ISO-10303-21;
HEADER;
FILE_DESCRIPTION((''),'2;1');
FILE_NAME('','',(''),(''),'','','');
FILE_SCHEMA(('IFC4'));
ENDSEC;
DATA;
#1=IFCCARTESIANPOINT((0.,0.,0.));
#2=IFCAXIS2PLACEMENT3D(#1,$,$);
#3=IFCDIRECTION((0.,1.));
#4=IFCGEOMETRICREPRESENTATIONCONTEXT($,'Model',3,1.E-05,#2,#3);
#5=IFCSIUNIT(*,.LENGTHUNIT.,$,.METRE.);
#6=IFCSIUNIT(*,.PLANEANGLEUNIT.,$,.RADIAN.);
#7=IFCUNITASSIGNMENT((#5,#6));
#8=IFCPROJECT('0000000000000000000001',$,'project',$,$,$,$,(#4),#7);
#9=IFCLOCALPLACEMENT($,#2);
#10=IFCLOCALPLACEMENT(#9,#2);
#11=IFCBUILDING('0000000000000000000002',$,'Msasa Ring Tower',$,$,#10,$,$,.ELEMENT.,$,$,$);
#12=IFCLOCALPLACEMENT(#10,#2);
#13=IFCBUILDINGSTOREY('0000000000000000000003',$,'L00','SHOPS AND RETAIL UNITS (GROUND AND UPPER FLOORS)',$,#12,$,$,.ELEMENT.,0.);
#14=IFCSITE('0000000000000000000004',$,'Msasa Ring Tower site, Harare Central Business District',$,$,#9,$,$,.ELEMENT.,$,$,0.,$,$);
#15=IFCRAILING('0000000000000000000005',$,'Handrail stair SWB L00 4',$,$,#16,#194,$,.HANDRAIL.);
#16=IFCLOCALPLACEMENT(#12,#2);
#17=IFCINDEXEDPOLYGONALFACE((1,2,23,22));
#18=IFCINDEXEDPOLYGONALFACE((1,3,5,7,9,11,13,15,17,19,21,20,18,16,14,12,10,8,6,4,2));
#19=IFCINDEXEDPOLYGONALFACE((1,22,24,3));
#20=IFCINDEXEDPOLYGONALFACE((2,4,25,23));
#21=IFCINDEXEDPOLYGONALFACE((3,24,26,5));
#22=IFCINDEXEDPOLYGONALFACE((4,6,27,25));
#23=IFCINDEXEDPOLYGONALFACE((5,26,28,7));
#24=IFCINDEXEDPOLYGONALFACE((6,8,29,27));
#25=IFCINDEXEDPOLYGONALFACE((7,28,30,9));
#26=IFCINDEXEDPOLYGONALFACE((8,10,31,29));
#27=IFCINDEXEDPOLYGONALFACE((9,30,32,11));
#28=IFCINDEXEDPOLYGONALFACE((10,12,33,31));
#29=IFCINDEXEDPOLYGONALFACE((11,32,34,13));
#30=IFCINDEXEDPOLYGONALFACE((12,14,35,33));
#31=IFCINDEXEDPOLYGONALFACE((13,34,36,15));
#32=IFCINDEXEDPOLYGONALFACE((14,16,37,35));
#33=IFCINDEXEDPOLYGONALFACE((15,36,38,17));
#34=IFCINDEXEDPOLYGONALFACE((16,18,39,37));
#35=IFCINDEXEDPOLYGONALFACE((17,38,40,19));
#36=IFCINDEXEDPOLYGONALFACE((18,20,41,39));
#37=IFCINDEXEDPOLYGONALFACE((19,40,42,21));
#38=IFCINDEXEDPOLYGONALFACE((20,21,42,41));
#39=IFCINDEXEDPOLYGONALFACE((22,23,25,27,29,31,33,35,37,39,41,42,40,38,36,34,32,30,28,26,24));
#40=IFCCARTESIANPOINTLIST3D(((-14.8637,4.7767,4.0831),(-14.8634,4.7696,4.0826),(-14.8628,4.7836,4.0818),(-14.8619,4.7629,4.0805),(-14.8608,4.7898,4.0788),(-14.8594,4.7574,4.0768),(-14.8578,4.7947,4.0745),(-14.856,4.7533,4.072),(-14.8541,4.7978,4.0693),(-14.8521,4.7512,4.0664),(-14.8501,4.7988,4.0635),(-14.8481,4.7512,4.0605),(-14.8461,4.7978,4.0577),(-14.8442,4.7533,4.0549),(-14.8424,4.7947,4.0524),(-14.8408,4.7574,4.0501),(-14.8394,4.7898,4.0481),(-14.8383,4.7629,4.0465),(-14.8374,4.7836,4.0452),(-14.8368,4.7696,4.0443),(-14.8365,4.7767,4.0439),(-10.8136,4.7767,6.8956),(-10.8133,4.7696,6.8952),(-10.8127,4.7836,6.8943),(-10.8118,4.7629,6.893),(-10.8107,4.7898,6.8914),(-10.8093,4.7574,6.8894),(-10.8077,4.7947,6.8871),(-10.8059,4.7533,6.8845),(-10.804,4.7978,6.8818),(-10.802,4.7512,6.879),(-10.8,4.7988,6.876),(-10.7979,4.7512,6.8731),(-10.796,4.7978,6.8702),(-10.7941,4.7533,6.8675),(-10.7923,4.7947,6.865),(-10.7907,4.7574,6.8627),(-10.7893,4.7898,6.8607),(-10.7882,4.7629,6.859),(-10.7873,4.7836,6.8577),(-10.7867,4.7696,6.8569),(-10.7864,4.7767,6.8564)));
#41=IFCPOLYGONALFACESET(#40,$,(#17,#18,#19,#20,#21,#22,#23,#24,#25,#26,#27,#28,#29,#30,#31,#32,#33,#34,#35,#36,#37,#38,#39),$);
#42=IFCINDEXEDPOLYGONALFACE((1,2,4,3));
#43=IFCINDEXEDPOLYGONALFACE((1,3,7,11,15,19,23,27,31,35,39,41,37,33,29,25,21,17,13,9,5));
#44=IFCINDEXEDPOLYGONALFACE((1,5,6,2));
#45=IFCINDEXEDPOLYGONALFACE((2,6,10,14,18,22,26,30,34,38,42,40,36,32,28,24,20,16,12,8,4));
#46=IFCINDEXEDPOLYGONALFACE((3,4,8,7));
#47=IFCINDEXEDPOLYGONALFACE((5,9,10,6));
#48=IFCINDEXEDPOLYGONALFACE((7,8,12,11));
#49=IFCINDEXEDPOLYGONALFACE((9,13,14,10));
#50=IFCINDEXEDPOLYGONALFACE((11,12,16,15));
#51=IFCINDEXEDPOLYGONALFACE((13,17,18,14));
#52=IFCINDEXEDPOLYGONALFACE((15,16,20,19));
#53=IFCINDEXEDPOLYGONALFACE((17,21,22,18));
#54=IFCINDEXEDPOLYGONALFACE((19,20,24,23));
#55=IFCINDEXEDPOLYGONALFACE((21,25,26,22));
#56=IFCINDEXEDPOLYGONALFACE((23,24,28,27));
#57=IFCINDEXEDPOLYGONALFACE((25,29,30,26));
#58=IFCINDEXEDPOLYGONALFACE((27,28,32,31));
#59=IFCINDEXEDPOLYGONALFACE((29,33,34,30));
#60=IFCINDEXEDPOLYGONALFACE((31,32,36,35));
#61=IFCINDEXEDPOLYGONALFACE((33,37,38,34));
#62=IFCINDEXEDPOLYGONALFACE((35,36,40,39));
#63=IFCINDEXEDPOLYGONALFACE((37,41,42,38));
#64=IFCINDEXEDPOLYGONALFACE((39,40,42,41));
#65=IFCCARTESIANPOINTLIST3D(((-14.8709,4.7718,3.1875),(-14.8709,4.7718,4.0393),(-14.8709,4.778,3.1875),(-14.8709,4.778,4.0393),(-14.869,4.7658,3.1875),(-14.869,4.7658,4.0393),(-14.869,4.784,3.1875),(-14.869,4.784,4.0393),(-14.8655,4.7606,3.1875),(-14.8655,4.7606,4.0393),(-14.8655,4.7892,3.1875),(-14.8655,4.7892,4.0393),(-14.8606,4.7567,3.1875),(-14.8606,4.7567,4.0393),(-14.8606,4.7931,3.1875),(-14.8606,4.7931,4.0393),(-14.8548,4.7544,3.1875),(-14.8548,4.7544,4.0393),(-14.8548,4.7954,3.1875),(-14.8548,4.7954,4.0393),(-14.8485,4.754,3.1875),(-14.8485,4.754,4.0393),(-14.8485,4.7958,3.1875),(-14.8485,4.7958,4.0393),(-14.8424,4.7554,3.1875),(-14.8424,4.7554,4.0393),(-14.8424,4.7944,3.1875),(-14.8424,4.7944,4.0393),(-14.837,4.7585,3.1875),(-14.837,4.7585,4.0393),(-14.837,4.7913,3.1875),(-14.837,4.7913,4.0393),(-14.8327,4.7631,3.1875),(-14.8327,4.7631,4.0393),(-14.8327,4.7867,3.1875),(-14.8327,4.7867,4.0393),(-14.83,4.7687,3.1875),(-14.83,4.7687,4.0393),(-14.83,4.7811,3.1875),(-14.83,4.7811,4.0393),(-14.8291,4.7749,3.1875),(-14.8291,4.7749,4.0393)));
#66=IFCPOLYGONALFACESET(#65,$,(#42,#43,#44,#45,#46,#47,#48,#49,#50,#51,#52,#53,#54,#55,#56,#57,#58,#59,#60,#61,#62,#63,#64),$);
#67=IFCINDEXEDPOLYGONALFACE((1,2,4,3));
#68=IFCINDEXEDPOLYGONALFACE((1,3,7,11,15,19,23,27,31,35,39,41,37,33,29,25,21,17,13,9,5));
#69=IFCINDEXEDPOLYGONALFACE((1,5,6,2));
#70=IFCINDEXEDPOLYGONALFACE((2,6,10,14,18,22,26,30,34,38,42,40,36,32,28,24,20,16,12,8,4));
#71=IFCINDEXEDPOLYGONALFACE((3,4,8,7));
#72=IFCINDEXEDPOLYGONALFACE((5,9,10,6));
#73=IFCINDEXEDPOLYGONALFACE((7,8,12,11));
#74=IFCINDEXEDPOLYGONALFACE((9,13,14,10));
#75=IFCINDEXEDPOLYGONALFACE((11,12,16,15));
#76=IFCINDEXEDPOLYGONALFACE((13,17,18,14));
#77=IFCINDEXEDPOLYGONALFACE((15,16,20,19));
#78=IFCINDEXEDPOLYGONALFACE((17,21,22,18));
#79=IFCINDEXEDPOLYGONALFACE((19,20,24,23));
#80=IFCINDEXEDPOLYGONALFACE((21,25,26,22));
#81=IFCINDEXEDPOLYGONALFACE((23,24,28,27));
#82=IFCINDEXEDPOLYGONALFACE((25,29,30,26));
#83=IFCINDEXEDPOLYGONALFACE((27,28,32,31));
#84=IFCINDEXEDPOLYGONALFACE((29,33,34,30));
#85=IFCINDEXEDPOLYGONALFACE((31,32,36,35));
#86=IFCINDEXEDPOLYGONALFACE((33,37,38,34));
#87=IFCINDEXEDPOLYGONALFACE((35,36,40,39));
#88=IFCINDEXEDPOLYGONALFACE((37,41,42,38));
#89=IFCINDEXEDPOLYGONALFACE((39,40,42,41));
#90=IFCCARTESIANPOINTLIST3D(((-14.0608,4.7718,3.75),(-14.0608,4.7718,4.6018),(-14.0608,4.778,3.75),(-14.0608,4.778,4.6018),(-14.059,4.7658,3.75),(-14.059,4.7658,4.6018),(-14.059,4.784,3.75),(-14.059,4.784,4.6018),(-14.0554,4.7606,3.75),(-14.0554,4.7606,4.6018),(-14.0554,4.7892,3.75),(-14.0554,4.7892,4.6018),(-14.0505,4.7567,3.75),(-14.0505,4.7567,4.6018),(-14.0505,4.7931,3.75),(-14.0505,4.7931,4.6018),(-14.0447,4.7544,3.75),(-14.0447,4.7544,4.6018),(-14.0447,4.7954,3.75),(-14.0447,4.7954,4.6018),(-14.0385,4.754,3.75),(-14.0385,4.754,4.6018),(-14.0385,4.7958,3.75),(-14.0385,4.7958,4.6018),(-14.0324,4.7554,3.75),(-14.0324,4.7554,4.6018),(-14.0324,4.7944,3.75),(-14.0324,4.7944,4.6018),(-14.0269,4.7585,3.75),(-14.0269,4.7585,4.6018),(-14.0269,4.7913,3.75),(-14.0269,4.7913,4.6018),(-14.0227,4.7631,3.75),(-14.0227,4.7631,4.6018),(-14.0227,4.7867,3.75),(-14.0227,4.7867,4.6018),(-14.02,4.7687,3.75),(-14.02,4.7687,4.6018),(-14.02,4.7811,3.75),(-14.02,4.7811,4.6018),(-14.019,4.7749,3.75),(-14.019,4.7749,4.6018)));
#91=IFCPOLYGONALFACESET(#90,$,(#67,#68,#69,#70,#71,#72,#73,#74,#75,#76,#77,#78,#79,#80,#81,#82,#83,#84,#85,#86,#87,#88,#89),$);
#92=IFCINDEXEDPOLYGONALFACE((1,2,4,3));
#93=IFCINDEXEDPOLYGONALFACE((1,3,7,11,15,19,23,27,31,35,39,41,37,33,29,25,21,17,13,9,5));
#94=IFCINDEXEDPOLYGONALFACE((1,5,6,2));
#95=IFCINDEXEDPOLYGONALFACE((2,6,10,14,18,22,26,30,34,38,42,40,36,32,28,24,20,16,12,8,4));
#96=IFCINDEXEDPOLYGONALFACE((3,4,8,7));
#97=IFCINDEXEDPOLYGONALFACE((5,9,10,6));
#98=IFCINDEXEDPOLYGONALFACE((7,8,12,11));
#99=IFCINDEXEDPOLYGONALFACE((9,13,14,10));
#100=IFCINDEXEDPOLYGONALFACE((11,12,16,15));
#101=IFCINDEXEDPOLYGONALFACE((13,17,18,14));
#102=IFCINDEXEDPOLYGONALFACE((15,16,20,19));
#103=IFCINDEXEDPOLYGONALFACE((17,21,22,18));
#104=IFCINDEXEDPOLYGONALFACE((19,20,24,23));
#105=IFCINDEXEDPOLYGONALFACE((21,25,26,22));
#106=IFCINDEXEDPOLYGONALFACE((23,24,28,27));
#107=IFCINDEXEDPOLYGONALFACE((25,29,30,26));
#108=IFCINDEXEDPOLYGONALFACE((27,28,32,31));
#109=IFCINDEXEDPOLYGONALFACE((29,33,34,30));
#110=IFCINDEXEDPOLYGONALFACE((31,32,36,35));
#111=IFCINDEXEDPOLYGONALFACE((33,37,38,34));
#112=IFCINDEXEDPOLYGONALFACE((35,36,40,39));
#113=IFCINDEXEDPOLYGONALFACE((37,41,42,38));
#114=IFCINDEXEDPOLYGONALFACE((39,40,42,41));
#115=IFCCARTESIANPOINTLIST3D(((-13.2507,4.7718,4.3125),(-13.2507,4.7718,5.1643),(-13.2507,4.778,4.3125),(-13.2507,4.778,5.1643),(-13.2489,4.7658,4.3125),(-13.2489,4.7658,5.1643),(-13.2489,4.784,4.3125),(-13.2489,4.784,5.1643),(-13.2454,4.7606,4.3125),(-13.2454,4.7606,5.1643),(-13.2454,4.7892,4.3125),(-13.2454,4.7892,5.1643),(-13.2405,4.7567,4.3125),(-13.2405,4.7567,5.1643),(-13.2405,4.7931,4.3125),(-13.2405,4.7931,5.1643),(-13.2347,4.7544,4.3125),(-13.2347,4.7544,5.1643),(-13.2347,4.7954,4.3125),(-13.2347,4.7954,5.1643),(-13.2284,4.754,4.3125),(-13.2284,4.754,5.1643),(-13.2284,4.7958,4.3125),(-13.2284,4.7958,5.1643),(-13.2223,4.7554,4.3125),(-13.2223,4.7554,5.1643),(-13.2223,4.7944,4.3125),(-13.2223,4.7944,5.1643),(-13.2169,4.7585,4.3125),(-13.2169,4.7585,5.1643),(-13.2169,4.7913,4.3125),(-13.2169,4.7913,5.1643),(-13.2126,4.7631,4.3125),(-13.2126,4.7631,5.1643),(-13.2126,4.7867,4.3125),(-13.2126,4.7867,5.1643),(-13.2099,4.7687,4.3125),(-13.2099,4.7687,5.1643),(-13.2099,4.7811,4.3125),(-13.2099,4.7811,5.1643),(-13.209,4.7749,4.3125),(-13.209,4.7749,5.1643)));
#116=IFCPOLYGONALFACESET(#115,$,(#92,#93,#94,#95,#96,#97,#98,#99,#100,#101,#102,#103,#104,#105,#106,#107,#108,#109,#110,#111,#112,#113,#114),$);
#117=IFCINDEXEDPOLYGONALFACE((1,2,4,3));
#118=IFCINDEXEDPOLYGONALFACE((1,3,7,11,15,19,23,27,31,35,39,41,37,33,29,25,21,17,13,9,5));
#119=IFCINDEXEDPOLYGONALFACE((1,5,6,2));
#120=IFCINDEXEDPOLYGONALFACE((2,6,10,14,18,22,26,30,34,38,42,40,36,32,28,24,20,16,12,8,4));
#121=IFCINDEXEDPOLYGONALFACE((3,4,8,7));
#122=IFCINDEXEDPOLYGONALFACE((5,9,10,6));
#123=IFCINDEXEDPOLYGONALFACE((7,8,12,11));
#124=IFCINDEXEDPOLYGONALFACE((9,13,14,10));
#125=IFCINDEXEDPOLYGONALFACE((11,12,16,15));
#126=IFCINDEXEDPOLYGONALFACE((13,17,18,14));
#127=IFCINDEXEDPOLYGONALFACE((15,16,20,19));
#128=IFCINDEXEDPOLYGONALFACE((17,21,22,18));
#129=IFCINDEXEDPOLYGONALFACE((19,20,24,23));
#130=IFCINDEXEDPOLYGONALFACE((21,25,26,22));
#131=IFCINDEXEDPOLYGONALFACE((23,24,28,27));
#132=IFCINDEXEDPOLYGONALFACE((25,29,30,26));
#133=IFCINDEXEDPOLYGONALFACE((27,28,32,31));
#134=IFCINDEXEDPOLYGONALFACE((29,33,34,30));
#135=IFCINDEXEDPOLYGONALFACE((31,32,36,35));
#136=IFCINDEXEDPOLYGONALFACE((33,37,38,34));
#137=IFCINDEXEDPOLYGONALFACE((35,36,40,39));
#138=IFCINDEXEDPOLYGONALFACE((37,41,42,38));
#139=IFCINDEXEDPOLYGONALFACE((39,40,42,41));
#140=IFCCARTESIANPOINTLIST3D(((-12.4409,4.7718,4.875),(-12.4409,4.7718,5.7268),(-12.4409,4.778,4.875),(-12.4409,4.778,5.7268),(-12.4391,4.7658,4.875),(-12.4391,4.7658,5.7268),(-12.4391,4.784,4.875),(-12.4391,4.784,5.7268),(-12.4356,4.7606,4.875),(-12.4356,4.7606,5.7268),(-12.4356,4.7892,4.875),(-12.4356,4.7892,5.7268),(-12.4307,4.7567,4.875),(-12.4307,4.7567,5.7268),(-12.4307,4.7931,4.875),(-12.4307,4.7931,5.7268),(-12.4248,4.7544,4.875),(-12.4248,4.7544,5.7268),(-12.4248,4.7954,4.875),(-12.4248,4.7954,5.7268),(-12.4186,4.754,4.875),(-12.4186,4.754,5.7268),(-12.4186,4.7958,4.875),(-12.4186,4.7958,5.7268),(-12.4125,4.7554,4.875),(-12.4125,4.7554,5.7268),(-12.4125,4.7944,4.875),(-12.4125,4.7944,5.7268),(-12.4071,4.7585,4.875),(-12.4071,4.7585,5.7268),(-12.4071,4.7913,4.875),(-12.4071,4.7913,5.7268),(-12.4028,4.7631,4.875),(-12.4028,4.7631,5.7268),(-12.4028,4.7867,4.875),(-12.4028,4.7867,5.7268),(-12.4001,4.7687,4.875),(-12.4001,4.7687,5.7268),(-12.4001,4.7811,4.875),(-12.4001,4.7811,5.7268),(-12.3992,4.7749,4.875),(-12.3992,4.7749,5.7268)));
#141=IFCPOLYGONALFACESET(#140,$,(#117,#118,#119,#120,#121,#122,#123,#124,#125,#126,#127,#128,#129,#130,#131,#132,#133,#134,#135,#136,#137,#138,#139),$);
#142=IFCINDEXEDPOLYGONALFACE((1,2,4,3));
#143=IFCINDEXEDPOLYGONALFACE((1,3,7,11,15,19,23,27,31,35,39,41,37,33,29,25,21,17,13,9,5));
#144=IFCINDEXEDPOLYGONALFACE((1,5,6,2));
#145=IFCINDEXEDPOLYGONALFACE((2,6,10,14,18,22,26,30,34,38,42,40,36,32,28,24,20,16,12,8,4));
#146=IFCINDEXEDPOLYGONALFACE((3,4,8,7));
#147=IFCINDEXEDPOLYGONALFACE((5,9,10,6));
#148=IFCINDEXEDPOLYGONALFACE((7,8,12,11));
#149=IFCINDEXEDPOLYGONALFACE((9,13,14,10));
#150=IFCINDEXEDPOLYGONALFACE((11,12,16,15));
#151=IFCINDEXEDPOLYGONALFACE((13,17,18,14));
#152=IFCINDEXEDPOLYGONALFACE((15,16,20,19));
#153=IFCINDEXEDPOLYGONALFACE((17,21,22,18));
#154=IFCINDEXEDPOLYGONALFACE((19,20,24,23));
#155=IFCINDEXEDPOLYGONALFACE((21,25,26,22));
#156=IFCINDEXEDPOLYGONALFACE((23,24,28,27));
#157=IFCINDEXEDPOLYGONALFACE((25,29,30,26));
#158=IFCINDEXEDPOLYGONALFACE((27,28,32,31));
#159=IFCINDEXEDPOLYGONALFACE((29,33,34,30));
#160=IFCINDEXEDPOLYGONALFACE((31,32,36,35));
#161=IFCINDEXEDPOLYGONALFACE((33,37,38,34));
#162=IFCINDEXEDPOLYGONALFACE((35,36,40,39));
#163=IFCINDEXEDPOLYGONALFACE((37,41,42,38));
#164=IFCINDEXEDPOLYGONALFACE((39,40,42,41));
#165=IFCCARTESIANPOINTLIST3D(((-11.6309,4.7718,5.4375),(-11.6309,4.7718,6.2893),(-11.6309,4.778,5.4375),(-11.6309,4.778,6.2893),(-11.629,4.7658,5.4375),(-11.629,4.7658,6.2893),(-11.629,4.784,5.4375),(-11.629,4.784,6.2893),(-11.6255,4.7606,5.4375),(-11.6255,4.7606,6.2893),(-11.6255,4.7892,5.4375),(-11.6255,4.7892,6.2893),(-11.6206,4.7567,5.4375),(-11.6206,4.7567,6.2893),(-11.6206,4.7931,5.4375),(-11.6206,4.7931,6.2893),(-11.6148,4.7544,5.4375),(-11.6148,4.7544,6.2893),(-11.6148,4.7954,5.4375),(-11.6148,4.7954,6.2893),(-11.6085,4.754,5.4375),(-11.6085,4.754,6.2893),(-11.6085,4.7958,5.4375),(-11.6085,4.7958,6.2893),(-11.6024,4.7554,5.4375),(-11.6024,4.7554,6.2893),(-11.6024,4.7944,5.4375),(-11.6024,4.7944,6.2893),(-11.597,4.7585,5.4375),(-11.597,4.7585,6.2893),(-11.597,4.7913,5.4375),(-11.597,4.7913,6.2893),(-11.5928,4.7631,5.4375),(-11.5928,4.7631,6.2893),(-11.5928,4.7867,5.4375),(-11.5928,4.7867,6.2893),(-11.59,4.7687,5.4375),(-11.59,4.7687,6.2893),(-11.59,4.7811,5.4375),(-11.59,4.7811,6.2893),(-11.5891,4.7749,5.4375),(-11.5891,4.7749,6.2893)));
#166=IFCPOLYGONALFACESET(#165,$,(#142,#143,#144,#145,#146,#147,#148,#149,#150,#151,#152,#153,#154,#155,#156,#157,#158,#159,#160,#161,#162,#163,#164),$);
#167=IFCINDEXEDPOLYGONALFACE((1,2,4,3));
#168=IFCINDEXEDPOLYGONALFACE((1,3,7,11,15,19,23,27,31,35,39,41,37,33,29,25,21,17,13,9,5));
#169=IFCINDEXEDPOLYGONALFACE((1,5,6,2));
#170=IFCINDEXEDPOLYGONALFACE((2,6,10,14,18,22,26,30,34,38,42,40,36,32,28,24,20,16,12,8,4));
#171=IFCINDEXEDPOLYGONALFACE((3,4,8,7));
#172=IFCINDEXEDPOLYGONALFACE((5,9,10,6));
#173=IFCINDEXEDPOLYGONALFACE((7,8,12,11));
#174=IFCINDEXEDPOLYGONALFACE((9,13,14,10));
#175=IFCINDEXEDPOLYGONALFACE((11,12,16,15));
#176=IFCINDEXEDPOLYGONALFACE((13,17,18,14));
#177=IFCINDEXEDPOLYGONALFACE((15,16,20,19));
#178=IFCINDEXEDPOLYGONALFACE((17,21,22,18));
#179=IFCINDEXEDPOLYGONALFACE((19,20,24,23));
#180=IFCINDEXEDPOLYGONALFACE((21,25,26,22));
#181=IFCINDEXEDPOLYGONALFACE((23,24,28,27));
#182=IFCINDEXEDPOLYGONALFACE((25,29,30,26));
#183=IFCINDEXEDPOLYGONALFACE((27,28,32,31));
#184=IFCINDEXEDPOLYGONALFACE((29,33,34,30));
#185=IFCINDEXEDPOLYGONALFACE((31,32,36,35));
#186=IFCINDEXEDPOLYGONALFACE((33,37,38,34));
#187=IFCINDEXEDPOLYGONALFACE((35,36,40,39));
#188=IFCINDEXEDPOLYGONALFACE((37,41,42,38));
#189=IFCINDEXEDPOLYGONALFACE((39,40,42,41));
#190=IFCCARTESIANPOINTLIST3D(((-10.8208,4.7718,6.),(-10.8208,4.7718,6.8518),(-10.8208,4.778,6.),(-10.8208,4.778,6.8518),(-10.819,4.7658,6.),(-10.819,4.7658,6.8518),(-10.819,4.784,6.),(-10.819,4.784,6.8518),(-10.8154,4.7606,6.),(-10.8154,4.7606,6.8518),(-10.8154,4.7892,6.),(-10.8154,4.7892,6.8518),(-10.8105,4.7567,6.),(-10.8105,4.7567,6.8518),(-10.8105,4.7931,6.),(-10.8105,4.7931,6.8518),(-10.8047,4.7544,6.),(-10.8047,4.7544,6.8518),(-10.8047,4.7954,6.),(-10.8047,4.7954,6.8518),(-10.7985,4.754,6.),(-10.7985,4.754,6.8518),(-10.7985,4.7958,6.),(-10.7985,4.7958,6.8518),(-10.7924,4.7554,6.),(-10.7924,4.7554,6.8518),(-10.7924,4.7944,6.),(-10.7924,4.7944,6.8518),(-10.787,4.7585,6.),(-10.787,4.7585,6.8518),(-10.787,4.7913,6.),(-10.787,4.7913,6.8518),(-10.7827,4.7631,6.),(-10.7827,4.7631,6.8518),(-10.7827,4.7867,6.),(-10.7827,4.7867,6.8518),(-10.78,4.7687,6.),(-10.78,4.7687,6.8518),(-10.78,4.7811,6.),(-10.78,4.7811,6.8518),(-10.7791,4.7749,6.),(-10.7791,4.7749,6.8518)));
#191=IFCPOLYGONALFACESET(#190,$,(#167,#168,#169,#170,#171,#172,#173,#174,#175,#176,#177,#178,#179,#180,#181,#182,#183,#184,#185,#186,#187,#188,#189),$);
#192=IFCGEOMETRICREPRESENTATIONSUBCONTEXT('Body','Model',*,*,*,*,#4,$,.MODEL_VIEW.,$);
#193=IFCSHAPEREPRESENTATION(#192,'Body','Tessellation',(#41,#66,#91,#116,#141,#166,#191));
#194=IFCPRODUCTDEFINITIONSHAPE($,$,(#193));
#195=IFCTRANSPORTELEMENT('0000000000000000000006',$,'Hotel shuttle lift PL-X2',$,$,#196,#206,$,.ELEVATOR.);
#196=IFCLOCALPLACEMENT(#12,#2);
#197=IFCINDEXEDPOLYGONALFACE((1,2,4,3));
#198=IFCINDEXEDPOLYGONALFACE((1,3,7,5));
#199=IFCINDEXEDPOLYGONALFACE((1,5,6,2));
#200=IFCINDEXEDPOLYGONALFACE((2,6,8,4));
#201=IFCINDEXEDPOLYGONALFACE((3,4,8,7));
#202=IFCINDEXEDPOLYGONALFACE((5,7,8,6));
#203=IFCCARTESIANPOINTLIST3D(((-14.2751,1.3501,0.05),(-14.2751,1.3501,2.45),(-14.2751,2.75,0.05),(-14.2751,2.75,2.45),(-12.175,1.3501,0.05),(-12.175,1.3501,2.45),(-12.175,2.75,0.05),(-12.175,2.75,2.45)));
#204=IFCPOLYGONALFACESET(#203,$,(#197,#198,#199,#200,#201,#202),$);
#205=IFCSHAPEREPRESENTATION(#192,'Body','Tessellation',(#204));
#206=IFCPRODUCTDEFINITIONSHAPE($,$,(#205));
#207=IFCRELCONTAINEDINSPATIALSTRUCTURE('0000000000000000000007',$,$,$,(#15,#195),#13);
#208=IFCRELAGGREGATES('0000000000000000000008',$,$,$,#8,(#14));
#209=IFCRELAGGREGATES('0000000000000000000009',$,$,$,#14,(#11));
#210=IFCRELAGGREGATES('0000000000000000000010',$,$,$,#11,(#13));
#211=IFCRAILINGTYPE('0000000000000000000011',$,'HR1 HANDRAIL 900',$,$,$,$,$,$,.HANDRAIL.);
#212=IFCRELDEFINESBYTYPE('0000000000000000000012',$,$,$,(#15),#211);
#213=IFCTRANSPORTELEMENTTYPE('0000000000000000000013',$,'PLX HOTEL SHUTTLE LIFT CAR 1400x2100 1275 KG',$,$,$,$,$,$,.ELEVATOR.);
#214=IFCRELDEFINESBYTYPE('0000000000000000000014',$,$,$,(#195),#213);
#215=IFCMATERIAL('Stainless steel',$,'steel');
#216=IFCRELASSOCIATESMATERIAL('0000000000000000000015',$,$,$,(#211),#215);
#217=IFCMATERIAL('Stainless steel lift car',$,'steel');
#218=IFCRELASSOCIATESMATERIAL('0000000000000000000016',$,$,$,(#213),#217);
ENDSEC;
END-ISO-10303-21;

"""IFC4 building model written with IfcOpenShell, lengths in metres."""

from ifc_helpers import new_model, si_unit, direction, frame, origin, origin_2d, place, context, subcontext, project, spatial, rectangle, circle, extrude, material, type_object, element, save


model = new_model("IFC4")

# Units and contexts
model_context = context("Model", 3, precision=1e-05, world=origin(), true_north=direction((0.0, 1.0)))
body_context = subcontext(model_context, "Body", "Model", "MODEL_VIEW")
ifc_project = project(units=[si_unit("LENGTHUNIT", "METRE"), si_unit("PLANEANGLEUNIT", "RADIAN")], contexts=[model_context])

# Site, building, storey
site_placement = place(None, origin())
site = spatial("IfcSite", under=ifc_project, at=site_placement, Name="Msasa Ring Tower site, Harare Central Business District", CompositionType="ELEMENT", RefElevation=0.0)
building_placement = place(site_placement, origin())
building = spatial("IfcBuilding", under=site, at=building_placement, Name="Msasa Ring Tower", CompositionType="ELEMENT")
storey_placement = place(building_placement, origin())
storey = spatial("IfcBuildingStorey", under=building, at=storey_placement, Name="L00", Description="SHOPS AND RETAIL UNITS (GROUND AND UPPER FLOORS)", CompositionType="ELEMENT", Elevation=0.0)

# Railing
ifc_material_1 = material(Name="Stainless steel", Category="steel")
railing_type = type_object("IfcRailingType", Name="HR1 HANDRAIL 900", PredefinedType="HANDRAIL", material=ifc_material_1)
for number, where, name in (
    (1, (-14.8501, 4.7749, 3.1875), "Handrail stair SWB L00 4"),
):
    element("IfcRailing", number, at=place(storey_placement, frame(where)), inside=storey, type_object=railing_type, Name=name, PredefinedType="HANDRAIL", context=body_context, shape_type="SweptSolid", body=[
        extrude(circle(Radius=0.0239, at=origin_2d()), frame((0.0, 0.0, 0.876), z_axis=(0.821373, 0.0, 0.570391), x_axis=(0.0, 1.0, 0.0)), (0.0, 0.0, 1.0), 4.9309),
        extrude(circle(Radius=0.021, at=origin_2d()), origin(), (0.0, 0.0, 1.0), 0.8518),
        extrude(circle(Radius=0.021, at=origin_2d()), frame((0.8101, 0.0, 0.5625)), (0.0, 0.0, 1.0), 0.8518),
        extrude(circle(Radius=0.021, at=origin_2d()), frame((1.6201, 0.0, 1.125)), (0.0, 0.0, 1.0), 0.8518),
        extrude(circle(Radius=0.021, at=origin_2d()), frame((2.4299, 0.0, 1.6875)), (0.0, 0.0, 1.0), 0.8518),
        extrude(circle(Radius=0.021, at=origin_2d()), frame((3.24, 0.0, 2.25)), (0.0, 0.0, 1.0), 0.8518),
        extrude(circle(Radius=0.021, at=origin_2d()), frame((4.05, 0.0, 2.8125)), (0.0, 0.0, 1.0), 0.8518),
    ])

# Transport element
ifc_material_2 = material(Name="Stainless steel lift car", Category="steel")
transport_element_type = type_object("IfcTransportElementType", Name="PLX HOTEL SHUTTLE LIFT CAR 1400x2100 1275 KG", PredefinedType="ELEVATOR", material=ifc_material_2)
transport_element_placement = place(storey_placement, frame((-13.2251, 2.05, 0.05), z_axis=(0.0, 0.0, 1.0), x_axis=(1.0, 0.0, 0.0)))
element("IfcTransportElement", 2, at=transport_element_placement, inside=storey, type_object=transport_element_type, Name="Hotel shuttle lift PL-X2", PredefinedType="ELEVATOR", context=body_context, shape_type="SweptSolid", body=[
    extrude(rectangle(XDim=2.1001, YDim=1.3999, at=origin_2d()), origin(), (0.0, 0.0, 1.0), 2.3999),
])

save(model, "model.ifc")
